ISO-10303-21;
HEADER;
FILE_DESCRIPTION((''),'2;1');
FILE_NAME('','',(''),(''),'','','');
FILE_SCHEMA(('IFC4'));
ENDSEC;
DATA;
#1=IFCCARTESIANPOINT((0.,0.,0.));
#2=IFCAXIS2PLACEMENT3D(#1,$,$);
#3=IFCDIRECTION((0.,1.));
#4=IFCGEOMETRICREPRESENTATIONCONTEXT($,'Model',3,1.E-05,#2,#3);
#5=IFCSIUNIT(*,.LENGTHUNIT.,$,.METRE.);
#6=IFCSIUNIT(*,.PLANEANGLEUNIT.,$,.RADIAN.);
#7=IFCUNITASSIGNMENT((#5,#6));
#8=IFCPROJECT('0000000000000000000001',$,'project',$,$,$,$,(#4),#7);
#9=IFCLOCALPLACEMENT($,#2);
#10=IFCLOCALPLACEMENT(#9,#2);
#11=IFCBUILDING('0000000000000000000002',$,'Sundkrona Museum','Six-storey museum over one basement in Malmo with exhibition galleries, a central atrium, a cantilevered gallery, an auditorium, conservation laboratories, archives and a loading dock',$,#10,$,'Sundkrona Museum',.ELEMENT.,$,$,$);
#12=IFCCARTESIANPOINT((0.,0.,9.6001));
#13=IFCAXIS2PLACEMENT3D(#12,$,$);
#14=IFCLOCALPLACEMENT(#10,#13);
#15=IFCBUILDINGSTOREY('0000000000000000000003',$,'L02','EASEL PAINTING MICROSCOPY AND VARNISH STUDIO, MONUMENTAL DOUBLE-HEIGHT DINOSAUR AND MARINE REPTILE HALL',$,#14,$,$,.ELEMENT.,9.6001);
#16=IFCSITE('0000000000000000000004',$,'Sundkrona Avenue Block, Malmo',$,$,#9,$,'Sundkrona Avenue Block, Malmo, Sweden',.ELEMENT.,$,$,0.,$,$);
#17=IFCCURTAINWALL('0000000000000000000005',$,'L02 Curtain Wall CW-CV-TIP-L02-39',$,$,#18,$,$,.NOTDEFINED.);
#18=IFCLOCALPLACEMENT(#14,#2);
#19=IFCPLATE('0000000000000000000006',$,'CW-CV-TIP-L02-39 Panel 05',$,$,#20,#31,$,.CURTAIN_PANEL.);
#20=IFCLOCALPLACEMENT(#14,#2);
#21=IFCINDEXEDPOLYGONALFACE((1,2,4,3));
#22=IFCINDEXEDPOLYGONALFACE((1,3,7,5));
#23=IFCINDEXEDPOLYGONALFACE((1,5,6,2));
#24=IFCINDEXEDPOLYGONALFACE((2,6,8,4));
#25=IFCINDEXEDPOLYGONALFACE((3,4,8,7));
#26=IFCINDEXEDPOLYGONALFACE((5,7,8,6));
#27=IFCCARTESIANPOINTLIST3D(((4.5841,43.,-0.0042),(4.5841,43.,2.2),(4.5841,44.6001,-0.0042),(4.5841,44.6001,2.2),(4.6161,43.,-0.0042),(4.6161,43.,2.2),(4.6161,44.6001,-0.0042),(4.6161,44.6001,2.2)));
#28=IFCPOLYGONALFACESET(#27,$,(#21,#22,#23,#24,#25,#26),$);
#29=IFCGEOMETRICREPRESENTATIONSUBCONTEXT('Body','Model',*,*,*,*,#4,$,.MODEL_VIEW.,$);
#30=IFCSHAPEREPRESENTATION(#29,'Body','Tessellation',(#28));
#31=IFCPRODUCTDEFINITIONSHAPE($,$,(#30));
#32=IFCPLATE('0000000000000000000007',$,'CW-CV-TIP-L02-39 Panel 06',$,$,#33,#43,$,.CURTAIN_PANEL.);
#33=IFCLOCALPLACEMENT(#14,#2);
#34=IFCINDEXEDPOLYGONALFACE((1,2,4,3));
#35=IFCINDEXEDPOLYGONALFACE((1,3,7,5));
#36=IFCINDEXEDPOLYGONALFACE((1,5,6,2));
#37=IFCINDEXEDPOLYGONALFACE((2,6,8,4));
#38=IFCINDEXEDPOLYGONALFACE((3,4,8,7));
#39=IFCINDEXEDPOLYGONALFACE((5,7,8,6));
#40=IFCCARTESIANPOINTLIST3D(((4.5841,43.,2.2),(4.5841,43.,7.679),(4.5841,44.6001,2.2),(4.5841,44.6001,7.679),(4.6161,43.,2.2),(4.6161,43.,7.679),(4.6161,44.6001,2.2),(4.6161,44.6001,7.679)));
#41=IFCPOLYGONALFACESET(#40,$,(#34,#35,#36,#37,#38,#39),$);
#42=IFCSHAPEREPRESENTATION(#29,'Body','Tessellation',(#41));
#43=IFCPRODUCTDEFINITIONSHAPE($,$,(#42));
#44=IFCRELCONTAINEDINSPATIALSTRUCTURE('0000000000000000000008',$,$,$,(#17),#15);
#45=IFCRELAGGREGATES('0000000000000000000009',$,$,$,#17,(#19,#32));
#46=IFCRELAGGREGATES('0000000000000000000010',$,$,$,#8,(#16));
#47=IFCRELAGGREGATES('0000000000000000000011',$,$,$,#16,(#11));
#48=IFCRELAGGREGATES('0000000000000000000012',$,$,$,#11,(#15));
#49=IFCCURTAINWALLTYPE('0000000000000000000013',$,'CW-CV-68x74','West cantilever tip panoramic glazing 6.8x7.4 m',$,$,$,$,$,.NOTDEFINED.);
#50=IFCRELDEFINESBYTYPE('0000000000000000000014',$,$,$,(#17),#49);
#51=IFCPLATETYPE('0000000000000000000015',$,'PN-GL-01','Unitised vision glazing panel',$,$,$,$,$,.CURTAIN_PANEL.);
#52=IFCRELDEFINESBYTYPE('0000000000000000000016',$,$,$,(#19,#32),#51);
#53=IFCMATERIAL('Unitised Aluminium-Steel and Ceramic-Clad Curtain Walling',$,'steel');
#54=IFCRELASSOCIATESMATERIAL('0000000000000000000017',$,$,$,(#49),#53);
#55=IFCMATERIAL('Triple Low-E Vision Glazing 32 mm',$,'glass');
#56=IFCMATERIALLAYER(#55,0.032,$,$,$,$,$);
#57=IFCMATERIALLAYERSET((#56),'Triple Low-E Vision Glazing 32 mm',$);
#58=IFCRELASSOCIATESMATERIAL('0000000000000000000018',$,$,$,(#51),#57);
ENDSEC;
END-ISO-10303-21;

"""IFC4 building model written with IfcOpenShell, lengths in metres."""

from ifc_helpers import new_model, si_unit, direction, frame, origin, origin_2d, place, context, subcontext, project, spatial, rectangle, extrude, material, layer, layer_set, type_object, element, aggregate, save


model = new_model("IFC4")

# Units and contexts
model_context = context("Model", 3, precision=1e-05, world=origin(), true_north=direction((0.0, 1.0)))
body_context = subcontext(model_context, "Body", "Model", "MODEL_VIEW")
ifc_project = project(units=[si_unit("LENGTHUNIT", "METRE"), si_unit("PLANEANGLEUNIT", "RADIAN")], contexts=[model_context])

# Site, building, storey
site_placement = place(None, origin())
site = spatial("IfcSite", under=ifc_project, at=site_placement, Name="Sundkrona Avenue Block, Malmo", LongName="Sundkrona Avenue Block, Malmo, Sweden", CompositionType="ELEMENT", RefElevation=0.0)
building_placement = place(site_placement, origin())
building = spatial("IfcBuilding", under=site, at=building_placement, Name="Sundkrona Museum", Description="Six-storey museum over one basement in Malmo with exhibition galleries, a central atrium, a cantilevered gallery, an auditorium, conservation laboratories, archives and a loading dock", LongName="Sundkrona Museum", CompositionType="ELEMENT")
storey_placement = place(building_placement, frame((0.0, 0.0, 9.6001)))
storey = spatial("IfcBuildingStorey", under=building, at=storey_placement, Name="L02", Description="EASEL PAINTING MICROSCOPY AND VARNISH STUDIO, MONUMENTAL DOUBLE-HEIGHT DINOSAUR AND MARINE REPTILE HALL", CompositionType="ELEMENT", Elevation=9.6001)

# Shared definitions
ifc_material_1 = material(Name="Unitised Aluminium-Steel and Ceramic-Clad Curtain Walling", Category="steel")
curtain_wall_type = type_object("IfcCurtainWallType", Name="CW-CV-68x74", Description="West cantilever tip panoramic glazing 6.8x7.4 m", PredefinedType="NOTDEFINED", material=ifc_material_1)

# Curtain wall, plates
curtain_wall_1_placement = place(storey_placement, origin())
curtain_wall_1 = element("IfcCurtainWall", 1, at=curtain_wall_1_placement, inside=storey, type_object=curtain_wall_type, Name="L02 Curtain Wall CW-CV-TIP-L02-39", PredefinedType="NOTDEFINED")
ifc_material_2 = material(Name="Triple Low-E Vision Glazing 32 mm", Category="glass")
ifc_layer = layer(ifc_material_2, 0.032)
ifc_layer_set = layer_set([ifc_layer], Name="Triple Low-E Vision Glazing 32 mm")
plate_type = type_object("IfcPlateType", Name="PN-GL-01", Description="Unitised vision glazing panel", PredefinedType="CURTAIN_PANEL", material=ifc_layer_set)
plate_1_placement = place(storey_placement, frame((4.6001, 43.8, -0.0042), z_axis=(0.0, 0.0, 1.0), x_axis=(0.0, 1.0, 0.0)))
plate_1 = element("IfcPlate", 2, at=plate_1_placement, type_object=plate_type, Name="CW-CV-TIP-L02-39 Panel 05", PredefinedType="CURTAIN_PANEL", context=body_context, shape_type="SweptSolid", body=[
    extrude(rectangle(XDim=1.6001, YDim=0.032, at=origin_2d()), origin(), (0.0, 0.0, 1.0), 2.2041),
])
plate_2_placement = place(storey_placement, frame((4.6001, 43.8, 2.2), z_axis=(0.0, 0.0, 1.0), x_axis=(0.0, 1.0, 0.0)))
plate_2 = element("IfcPlate", 3, at=plate_2_placement, type_object=plate_type, Name="CW-CV-TIP-L02-39 Panel 06", PredefinedType="CURTAIN_PANEL", context=body_context, shape_type="SweptSolid", body=[
    extrude(rectangle(XDim=1.6001, YDim=0.032, at=origin_2d()), origin(), (0.0, 0.0, 1.0), 5.479),
])
aggregate(curtain_wall_1, [plate_1, plate_2])

save(model, "model.ifc")
